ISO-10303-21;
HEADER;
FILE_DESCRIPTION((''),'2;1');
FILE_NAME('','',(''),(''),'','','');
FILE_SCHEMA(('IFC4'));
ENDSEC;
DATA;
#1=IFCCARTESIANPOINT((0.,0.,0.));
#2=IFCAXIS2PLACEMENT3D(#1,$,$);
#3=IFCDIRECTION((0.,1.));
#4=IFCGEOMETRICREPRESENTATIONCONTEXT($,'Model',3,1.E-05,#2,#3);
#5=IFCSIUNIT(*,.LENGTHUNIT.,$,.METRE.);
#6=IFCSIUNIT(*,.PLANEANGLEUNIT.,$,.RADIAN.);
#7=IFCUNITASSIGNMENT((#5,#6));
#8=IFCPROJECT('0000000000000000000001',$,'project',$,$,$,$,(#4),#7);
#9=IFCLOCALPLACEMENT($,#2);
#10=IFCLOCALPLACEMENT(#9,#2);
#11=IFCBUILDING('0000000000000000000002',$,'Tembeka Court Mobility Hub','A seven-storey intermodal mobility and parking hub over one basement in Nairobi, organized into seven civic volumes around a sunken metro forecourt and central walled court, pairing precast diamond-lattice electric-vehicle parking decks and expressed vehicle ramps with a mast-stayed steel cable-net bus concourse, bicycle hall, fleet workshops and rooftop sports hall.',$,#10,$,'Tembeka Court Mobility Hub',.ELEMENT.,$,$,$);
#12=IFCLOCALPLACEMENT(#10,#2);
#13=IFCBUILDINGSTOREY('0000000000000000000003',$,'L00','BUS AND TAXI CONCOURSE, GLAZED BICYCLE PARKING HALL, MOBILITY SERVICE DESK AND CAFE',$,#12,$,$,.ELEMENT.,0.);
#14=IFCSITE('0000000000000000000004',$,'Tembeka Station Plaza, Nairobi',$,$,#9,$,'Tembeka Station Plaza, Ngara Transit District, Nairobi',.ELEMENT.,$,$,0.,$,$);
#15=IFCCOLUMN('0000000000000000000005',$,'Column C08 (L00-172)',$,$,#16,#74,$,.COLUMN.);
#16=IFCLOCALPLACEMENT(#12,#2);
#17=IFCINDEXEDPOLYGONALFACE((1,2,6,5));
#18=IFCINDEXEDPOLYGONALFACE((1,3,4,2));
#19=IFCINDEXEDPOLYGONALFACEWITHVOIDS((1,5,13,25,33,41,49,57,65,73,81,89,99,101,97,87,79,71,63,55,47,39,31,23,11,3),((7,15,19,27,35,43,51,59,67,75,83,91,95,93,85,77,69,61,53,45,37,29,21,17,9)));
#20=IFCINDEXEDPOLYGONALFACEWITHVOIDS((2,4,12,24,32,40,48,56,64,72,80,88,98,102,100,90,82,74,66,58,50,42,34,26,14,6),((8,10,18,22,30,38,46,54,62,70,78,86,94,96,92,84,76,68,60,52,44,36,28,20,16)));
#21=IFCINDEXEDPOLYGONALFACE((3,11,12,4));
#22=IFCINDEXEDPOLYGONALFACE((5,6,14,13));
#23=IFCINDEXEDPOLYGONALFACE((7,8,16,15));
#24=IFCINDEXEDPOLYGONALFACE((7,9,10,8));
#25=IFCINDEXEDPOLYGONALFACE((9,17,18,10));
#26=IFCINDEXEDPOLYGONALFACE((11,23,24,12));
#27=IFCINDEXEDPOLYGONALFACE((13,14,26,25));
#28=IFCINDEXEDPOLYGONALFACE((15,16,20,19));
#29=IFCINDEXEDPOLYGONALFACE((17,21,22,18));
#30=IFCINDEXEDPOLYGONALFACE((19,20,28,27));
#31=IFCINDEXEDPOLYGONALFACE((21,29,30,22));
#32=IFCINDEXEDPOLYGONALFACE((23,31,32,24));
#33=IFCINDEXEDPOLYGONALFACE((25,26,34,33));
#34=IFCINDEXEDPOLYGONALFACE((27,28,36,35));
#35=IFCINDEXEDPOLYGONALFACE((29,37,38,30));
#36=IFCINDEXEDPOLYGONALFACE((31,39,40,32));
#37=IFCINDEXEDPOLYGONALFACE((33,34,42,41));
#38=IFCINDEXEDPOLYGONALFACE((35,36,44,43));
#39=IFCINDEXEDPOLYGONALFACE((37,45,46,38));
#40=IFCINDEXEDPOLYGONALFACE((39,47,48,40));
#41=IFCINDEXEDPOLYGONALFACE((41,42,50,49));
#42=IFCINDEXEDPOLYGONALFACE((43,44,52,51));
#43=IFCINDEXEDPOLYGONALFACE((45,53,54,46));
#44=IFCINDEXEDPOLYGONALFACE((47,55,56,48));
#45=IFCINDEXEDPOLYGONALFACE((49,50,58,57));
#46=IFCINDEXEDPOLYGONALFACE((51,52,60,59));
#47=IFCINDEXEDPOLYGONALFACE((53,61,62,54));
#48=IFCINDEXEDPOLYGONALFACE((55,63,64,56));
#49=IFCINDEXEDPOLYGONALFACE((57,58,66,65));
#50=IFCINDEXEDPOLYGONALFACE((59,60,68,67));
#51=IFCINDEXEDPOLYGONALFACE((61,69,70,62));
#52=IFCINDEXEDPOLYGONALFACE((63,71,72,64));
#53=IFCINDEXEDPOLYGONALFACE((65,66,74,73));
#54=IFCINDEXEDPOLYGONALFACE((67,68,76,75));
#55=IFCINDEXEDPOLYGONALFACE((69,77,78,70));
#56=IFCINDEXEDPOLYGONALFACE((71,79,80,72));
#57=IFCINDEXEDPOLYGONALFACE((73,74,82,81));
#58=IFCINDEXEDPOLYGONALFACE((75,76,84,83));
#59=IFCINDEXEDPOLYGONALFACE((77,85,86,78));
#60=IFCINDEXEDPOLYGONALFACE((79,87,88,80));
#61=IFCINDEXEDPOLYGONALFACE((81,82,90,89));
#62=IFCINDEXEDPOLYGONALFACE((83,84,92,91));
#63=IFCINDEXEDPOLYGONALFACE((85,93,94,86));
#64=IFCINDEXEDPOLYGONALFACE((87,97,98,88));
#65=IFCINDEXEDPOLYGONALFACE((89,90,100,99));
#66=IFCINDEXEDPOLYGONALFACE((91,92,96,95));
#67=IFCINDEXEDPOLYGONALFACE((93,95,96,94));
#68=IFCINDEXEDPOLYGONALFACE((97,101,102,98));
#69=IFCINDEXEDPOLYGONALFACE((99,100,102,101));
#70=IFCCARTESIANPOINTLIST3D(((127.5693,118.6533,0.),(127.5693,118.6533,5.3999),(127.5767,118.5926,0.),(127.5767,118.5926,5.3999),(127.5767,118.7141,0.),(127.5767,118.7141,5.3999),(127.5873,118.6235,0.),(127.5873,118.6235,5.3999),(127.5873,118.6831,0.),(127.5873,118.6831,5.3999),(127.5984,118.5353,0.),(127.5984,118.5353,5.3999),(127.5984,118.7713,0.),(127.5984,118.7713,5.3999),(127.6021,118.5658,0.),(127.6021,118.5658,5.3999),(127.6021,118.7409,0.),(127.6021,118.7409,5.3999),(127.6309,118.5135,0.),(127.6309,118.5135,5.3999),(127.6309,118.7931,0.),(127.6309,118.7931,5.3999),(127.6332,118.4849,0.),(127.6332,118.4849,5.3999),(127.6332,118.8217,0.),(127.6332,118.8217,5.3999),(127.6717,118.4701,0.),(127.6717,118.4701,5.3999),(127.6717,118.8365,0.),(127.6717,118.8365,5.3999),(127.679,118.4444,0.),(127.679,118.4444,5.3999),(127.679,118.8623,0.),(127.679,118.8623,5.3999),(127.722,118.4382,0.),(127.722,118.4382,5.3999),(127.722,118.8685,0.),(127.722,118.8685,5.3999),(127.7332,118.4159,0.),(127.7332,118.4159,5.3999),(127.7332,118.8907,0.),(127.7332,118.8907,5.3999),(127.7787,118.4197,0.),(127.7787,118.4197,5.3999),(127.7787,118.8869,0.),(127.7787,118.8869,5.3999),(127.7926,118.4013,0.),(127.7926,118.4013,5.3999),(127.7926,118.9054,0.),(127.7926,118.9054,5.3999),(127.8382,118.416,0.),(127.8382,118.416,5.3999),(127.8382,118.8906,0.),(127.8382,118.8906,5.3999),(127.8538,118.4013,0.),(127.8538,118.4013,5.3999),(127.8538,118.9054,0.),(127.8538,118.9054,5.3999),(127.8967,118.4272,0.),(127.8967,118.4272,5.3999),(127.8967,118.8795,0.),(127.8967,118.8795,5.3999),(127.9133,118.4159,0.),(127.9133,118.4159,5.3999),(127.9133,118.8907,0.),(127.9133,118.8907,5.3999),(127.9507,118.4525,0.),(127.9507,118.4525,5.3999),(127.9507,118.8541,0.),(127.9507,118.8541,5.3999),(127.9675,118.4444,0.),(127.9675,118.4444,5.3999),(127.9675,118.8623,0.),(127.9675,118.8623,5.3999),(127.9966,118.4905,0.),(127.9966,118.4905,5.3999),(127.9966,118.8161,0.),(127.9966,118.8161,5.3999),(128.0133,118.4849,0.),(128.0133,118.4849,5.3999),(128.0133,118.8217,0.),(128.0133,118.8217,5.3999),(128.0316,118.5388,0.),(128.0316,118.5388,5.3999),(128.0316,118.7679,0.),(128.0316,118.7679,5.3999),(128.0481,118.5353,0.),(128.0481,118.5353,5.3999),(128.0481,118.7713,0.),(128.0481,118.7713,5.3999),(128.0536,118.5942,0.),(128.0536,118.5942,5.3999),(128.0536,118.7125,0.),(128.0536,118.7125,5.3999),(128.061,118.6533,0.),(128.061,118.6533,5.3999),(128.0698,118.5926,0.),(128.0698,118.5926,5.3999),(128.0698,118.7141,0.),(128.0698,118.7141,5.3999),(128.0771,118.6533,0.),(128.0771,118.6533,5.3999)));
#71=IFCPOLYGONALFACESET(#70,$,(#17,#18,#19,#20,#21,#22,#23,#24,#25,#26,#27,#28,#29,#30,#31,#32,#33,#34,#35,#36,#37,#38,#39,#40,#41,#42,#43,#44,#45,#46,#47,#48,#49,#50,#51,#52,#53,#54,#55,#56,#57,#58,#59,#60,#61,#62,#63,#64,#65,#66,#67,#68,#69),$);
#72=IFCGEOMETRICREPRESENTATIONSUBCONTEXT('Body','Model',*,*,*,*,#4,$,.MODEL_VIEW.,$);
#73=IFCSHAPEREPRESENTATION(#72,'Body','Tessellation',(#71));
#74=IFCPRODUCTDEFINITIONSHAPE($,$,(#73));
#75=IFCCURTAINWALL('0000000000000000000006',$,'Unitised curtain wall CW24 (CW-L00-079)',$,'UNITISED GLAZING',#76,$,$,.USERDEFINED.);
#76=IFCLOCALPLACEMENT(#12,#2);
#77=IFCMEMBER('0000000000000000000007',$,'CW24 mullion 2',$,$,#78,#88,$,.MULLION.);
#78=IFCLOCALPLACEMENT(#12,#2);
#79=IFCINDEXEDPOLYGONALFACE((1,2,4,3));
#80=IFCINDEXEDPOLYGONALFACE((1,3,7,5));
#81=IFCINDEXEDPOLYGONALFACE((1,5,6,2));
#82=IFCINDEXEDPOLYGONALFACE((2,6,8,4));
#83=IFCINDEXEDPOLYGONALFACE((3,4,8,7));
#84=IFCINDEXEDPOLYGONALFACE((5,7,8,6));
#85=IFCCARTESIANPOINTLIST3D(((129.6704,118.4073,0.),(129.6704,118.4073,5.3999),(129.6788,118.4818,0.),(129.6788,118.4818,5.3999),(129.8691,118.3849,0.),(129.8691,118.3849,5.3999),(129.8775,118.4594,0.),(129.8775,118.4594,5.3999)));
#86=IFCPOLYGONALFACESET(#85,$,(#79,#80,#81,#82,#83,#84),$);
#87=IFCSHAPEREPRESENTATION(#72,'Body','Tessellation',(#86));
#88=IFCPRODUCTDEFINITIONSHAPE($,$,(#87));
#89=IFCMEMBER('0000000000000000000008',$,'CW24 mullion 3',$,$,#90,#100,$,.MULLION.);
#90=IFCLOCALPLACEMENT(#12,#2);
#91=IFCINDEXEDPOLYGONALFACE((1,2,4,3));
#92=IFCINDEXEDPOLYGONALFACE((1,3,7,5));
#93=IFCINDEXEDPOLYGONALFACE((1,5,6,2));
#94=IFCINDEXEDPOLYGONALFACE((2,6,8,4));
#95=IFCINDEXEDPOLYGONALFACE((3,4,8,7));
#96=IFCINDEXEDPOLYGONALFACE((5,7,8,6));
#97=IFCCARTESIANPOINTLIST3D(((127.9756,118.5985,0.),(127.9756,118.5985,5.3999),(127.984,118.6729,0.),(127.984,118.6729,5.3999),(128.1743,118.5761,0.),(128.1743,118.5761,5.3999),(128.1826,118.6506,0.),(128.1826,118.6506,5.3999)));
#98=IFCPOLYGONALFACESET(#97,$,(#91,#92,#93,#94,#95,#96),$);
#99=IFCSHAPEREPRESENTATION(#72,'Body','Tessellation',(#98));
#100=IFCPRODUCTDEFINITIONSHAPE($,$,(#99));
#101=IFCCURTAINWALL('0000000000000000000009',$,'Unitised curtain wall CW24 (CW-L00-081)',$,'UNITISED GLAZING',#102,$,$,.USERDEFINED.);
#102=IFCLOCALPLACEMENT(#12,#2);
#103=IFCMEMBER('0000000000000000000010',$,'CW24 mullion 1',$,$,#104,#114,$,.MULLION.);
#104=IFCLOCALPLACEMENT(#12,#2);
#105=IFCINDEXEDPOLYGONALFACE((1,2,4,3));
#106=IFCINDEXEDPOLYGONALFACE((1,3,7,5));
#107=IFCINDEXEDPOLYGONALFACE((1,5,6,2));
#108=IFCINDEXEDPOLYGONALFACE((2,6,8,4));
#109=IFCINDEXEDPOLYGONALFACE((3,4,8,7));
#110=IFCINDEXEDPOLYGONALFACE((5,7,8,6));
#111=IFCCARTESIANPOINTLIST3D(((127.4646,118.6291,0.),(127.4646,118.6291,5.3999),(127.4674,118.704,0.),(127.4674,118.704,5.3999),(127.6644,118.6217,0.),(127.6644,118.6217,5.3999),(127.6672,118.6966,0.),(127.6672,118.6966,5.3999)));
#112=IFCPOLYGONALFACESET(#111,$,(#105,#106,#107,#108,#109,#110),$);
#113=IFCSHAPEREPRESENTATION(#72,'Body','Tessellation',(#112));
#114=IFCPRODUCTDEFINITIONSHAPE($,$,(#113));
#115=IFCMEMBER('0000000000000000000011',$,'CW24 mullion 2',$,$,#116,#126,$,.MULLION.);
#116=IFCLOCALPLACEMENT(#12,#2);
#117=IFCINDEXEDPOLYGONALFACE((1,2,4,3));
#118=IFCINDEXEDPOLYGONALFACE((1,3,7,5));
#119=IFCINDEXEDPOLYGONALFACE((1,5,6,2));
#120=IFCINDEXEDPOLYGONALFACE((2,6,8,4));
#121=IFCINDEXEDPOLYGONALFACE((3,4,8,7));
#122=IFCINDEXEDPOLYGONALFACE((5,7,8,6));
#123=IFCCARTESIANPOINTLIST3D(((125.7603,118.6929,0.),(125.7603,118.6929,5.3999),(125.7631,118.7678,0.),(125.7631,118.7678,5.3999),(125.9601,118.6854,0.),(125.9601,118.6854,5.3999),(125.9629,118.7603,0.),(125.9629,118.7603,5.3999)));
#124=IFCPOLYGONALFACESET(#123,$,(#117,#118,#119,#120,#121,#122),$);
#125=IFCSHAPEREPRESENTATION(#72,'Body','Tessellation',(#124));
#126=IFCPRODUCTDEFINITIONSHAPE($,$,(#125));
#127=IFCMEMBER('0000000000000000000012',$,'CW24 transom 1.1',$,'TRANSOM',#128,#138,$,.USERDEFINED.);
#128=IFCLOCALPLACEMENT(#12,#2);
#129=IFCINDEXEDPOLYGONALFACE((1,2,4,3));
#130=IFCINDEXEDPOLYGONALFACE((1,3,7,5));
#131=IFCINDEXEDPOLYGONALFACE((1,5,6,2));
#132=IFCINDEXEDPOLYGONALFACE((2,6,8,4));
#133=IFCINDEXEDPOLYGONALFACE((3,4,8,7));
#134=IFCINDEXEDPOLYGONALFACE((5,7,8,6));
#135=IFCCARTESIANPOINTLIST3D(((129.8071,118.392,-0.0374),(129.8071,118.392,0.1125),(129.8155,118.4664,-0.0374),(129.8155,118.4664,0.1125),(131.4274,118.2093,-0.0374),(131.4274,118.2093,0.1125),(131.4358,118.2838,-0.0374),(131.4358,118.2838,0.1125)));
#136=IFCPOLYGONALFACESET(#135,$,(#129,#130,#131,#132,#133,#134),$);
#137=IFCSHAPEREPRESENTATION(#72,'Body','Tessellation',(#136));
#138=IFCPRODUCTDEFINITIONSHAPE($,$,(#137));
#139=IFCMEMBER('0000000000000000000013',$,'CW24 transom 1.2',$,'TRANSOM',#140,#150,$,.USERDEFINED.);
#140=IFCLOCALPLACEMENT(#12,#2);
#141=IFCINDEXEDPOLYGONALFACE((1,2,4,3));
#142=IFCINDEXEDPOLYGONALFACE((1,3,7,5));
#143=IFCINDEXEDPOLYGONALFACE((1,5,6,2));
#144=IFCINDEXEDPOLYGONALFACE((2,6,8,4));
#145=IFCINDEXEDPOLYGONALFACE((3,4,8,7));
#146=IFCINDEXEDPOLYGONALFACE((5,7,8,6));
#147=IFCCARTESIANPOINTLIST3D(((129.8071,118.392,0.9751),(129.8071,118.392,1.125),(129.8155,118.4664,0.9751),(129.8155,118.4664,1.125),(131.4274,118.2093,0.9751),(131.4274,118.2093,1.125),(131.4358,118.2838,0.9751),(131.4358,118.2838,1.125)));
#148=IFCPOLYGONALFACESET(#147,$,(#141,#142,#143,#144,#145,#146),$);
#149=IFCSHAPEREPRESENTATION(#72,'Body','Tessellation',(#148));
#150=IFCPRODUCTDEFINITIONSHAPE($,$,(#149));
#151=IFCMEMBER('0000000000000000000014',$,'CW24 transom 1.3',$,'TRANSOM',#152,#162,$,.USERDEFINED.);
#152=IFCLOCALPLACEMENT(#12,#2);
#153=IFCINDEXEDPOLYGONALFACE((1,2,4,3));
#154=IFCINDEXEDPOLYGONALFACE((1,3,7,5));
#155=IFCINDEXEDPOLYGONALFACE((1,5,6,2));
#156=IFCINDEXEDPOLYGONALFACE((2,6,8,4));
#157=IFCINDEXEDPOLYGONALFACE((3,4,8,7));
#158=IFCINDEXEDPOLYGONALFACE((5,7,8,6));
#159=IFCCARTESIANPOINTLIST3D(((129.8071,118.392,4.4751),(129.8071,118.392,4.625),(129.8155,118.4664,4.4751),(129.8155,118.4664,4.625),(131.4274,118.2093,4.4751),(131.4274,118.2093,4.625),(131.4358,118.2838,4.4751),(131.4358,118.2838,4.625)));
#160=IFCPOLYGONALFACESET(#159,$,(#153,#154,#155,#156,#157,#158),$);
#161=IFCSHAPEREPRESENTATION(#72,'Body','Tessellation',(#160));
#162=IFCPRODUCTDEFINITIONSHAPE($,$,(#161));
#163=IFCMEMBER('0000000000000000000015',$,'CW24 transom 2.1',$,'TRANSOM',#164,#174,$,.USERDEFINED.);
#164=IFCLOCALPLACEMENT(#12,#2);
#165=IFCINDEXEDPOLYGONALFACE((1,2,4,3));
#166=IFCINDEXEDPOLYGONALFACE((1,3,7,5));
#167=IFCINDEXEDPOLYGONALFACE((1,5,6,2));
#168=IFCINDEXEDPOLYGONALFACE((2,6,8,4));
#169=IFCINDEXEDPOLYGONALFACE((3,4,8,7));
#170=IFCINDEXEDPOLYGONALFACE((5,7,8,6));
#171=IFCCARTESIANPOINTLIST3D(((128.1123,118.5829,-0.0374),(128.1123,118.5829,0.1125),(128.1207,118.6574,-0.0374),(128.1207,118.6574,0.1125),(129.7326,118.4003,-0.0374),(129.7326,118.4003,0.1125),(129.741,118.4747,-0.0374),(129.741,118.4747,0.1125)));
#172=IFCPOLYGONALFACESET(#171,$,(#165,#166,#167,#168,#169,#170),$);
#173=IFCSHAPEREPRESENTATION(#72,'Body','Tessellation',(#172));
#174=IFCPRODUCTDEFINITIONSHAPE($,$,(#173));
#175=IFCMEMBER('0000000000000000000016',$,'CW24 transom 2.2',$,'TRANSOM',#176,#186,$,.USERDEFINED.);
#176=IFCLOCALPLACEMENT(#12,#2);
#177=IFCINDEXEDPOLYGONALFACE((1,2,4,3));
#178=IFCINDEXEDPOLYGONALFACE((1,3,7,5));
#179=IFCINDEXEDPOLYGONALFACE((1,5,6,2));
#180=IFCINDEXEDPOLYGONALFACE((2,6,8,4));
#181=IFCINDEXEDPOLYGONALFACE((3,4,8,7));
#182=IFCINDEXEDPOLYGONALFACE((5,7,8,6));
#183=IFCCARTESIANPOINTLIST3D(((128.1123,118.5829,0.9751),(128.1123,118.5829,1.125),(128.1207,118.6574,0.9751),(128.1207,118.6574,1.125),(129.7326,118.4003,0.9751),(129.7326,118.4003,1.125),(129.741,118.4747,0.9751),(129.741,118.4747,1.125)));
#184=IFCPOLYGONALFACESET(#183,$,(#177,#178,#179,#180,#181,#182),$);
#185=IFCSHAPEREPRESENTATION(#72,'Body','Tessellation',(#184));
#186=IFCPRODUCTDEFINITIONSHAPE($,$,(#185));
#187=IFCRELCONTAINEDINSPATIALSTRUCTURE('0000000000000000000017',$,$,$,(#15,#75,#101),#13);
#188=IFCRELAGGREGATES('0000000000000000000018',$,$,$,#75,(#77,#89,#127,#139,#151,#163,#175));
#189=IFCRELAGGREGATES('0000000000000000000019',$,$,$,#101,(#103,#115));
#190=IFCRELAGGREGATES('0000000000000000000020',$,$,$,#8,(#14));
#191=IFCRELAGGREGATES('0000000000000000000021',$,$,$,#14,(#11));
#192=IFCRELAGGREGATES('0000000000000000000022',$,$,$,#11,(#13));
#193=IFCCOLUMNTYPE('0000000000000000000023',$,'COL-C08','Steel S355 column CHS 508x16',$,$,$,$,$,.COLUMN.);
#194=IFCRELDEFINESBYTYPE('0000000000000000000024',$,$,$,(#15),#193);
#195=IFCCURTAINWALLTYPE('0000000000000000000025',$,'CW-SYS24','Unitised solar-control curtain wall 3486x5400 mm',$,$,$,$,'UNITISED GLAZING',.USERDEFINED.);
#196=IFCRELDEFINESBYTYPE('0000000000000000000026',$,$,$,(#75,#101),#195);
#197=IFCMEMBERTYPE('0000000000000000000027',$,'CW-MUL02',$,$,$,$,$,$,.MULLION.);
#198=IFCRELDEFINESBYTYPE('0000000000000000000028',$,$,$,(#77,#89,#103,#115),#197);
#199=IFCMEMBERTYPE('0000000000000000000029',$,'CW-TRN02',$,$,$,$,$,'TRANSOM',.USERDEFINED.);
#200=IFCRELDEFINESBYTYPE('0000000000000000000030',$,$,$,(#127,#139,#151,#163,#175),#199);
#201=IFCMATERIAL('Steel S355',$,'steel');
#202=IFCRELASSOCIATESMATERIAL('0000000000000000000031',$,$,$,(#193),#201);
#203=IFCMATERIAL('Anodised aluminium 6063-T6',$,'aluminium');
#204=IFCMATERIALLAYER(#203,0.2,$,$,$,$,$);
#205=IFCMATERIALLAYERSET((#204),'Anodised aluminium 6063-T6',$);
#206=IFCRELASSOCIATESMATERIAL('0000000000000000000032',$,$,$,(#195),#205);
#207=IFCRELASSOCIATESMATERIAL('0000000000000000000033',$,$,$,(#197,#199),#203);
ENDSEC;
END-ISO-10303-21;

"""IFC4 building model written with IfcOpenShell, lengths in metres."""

from ifc_helpers import new_model, si_unit, direction, frame, origin, origin_2d, place, context, subcontext, project, spatial, rectangle, hollow_circle, extrude, material, layer, layer_set, material_profile, profile_set, type_object, element, aggregate, save


model = new_model("IFC4")

# Units and contexts
model_context = context("Model", 3, precision=1e-05, world=origin(), true_north=direction((0.0, 1.0)))
body_context = subcontext(model_context, "Body", "Model", "MODEL_VIEW")
ifc_project = project(units=[si_unit("LENGTHUNIT", "METRE"), si_unit("PLANEANGLEUNIT", "RADIAN")], contexts=[model_context])

# Site, building, storey
site_placement = place(None, origin())
site = spatial("IfcSite", under=ifc_project, at=site_placement, Name="Tembeka Station Plaza, Nairobi", LongName="Tembeka Station Plaza, Ngara Transit District, Nairobi", CompositionType="ELEMENT", RefElevation=0.0)
building_placement = place(site_placement, origin())
building = spatial("IfcBuilding", under=site, at=building_placement, Name="Tembeka Court Mobility Hub", Description="A seven-storey intermodal mobility and parking hub over one basement in Nairobi, organized into seven civic volumes around a sunken metro forecourt and central walled court, pairing precast diamond-lattice electric-vehicle parking decks and expressed vehicle ramps with a mast-stayed steel cable-net bus concourse, bicycle hall, fleet workshops and rooftop sports hall.", LongName="Tembeka Court Mobility Hub", CompositionType="ELEMENT")
storey_placement = place(building_placement, origin())
storey = spatial("IfcBuildingStorey", under=building, at=storey_placement, Name="L00", Description="BUS AND TAXI CONCOURSE, GLAZED BICYCLE PARKING HALL, MOBILITY SERVICE DESK AND CAFE", CompositionType="ELEMENT", Elevation=0.0)

# Column
ifc_material_1 = material(Name="Steel S355", Category="steel")
ifc_material_profile_1 = material_profile(ifc_material_1, hollow_circle(Radius=0.2539, WallThickness=0.0161, at=origin_2d()), Name="CHS 508x16")
ifc_profile_set_1 = profile_set([ifc_material_profile_1], Name="Steel S355")
column_type = type_object("IfcColumnType", Name="COL-C08", Description="Steel S355 column CHS 508x16", PredefinedType="COLUMN", material=ifc_profile_set_1)
column_placement = place(storey_placement, frame((127.8232, 118.6533, 0.0), z_axis=(0.0, 0.0, 1.0), x_axis=(1.0, 0.0, 0.0)))
element("IfcColumn", 1, at=column_placement, inside=storey, type_object=column_type, Name="Column C08 (L00-172)", PredefinedType="COLUMN", context=body_context, shape_type="SweptSolid", body=[
    extrude(hollow_circle(Radius=0.2539, WallThickness=0.0161, at=origin_2d()), origin(), (0.0, 0.0, 1.0), 5.3999),
])

# Curtain walls, members
ifc_material_2 = material(Name="Anodised aluminium 6063-T6", Category="aluminium")
ifc_layer_1 = layer(ifc_material_2, 0.2)
ifc_layer_set_1 = layer_set([ifc_layer_1], Name="Anodised aluminium 6063-T6")
curtain_wall_type = type_object("IfcCurtainWallType", Name="CW-SYS24", Description="Unitised solar-control curtain wall 3486x5400 mm", ElementType="UNITISED GLAZING", PredefinedType="USERDEFINED", material=ifc_layer_set_1)
curtain_wall_1_placement = place(storey_placement, origin())
curtain_wall_1 = element("IfcCurtainWall", 2, at=curtain_wall_1_placement, inside=storey, type_object=curtain_wall_type, Name="Unitised curtain wall CW24 (CW-L00-079)", ObjectType="UNITISED GLAZING", PredefinedType="USERDEFINED")
ifc_material_profile_2 = material_profile(ifc_material_2, rectangle(XDim=0.075, YDim=0.2, at=origin_2d()), Name="ALU-MUL 75x200")
ifc_profile_set_2 = profile_set([ifc_material_profile_2], Name="Anodised aluminium 6063-T6")
member_type_1 = type_object("IfcMemberType", Name="CW-MUL02", PredefinedType="MULLION", material=ifc_profile_set_2)
member_1_placement = place(storey_placement, frame((129.7739, 118.4333, 0.0), z_axis=(0.0, 0.0, 1.0), x_axis=(-0.111987, -0.99371, 0.0)))
member_1 = element("IfcMember", 3, at=member_1_placement, type_object=member_type_1, Name="CW24 mullion 2", PredefinedType="MULLION", context=body_context, shape_type="SweptSolid", body=[
    extrude(rectangle(XDim=0.075, YDim=0.2, at=origin_2d()), origin(), (0.0, 0.0, 1.0), 5.3999),
])
member_2_placement = place(storey_placement, frame((128.0791, 118.6245, 0.0), z_axis=(0.0, 0.0, 1.0), x_axis=(-0.111987, -0.99371, 0.0)))
member_2 = element("IfcMember", 4, at=member_2_placement, type_object=member_type_1, Name="CW24 mullion 3", PredefinedType="MULLION", context=body_context, shape_type="SweptSolid", body=[
    extrude(rectangle(XDim=0.075, YDim=0.2, at=origin_2d()), origin(), (0.0, 0.0, 1.0), 5.3999),
])
curtain_wall_2_placement = place(storey_placement, origin())
curtain_wall_2 = element("IfcCurtainWall", 5, at=curtain_wall_2_placement, inside=storey, type_object=curtain_wall_type, Name="Unitised curtain wall CW24 (CW-L00-081)", ObjectType="UNITISED GLAZING", PredefinedType="USERDEFINED")
member_3_placement = place(storey_placement, frame((127.5659, 118.6628, 0.0), z_axis=(0.0, 0.0, 1.0), x_axis=(-0.037405, -0.9993, 0.0)))
member_3 = element("IfcMember", 6, at=member_3_placement, type_object=member_type_1, Name="CW24 mullion 1", PredefinedType="MULLION", context=body_context, shape_type="SweptSolid", body=[
    extrude(rectangle(XDim=0.075, YDim=0.2, at=origin_2d()), origin(), (0.0, 0.0, 1.0), 5.3999),
])
member_4_placement = place(storey_placement, frame((125.8616, 118.7266, 0.0), z_axis=(0.0, 0.0, 1.0), x_axis=(-0.037405, -0.9993, 0.0)))
member_4 = element("IfcMember", 7, at=member_4_placement, type_object=member_type_1, Name="CW24 mullion 2", PredefinedType="MULLION", context=body_context, shape_type="SweptSolid", body=[
    extrude(rectangle(XDim=0.075, YDim=0.2, at=origin_2d()), origin(), (0.0, 0.0, 1.0), 5.3999),
])

# Members
ifc_material_profile_3 = material_profile(ifc_material_2, rectangle(XDim=0.075, YDim=0.1499, at=origin_2d()), Name="ALU-TRN 75x150")
ifc_profile_set_3 = profile_set([ifc_material_profile_3], Name="Anodised aluminium 6063-T6")
member_type_2 = type_object("IfcMemberType", Name="CW-TRN02", ElementType="TRANSOM", PredefinedType="USERDEFINED", material=ifc_profile_set_3)
member_5_placement = place(storey_placement, frame((131.4316, 118.2466, 0.0376), z_axis=(-0.993709, 0.111993, 0.0), x_axis=(-0.111993, -0.993709, 0.0)))
member_5 = element("IfcMember", 8, at=member_5_placement, type_object=member_type_2, Name="CW24 transom 1.1", ObjectType="TRANSOM", PredefinedType="USERDEFINED", context=body_context, shape_type="SweptSolid", body=[
    extrude(rectangle(XDim=0.075, YDim=0.1499, at=origin_2d()), origin(), (0.0, 0.0, 1.0), 1.6306),
])
member_6_placement = place(storey_placement, frame((131.4316, 118.2466, 1.05), z_axis=(-0.993709, 0.111993, 0.0), x_axis=(-0.111993, -0.993709, 0.0)))
member_6 = element("IfcMember", 9, at=member_6_placement, type_object=member_type_2, Name="CW24 transom 1.2", ObjectType="TRANSOM", PredefinedType="USERDEFINED", context=body_context, shape_type="SweptSolid", body=[
    extrude(rectangle(XDim=0.075, YDim=0.1499, at=origin_2d()), origin(), (0.0, 0.0, 1.0), 1.6306),
])
member_7_placement = place(storey_placement, frame((131.4316, 118.2466, 4.55), z_axis=(-0.993709, 0.111993, 0.0), x_axis=(-0.111993, -0.993709, 0.0)))
member_7 = element("IfcMember", 10, at=member_7_placement, type_object=member_type_2, Name="CW24 transom 1.3", ObjectType="TRANSOM", PredefinedType="USERDEFINED", context=body_context, shape_type="SweptSolid", body=[
    extrude(rectangle(XDim=0.075, YDim=0.1499, at=origin_2d()), origin(), (0.0, 0.0, 1.0), 1.6306),
])
member_8_placement = place(storey_placement, frame((129.7368, 118.4375, 0.0376), z_axis=(-0.993709, 0.111993, 0.0), x_axis=(-0.111993, -0.993709, 0.0)))
member_8 = element("IfcMember", 11, at=member_8_placement, type_object=member_type_2, Name="CW24 transom 2.1", ObjectType="TRANSOM", PredefinedType="USERDEFINED", context=body_context, shape_type="SweptSolid", body=[
    extrude(rectangle(XDim=0.075, YDim=0.1499, at=origin_2d()), origin(), (0.0, 0.0, 1.0), 1.6306),
])
member_9_placement = place(storey_placement, frame((129.7368, 118.4375, 1.05), z_axis=(-0.993709, 0.111993, 0.0), x_axis=(-0.111993, -0.993709, 0.0)))
member_9 = element("IfcMember", 12, at=member_9_placement, type_object=member_type_2, Name="CW24 transom 2.2", ObjectType="TRANSOM", PredefinedType="USERDEFINED", context=body_context, shape_type="SweptSolid", body=[
    extrude(rectangle(XDim=0.075, YDim=0.1499, at=origin_2d()), origin(), (0.0, 0.0, 1.0), 1.6306),
])

aggregate(curtain_wall_1, [member_1, member_2, member_5, member_6, member_7, member_8, member_9])
aggregate(curtain_wall_2, [member_3, member_4])

save(model, "model.ifc")
